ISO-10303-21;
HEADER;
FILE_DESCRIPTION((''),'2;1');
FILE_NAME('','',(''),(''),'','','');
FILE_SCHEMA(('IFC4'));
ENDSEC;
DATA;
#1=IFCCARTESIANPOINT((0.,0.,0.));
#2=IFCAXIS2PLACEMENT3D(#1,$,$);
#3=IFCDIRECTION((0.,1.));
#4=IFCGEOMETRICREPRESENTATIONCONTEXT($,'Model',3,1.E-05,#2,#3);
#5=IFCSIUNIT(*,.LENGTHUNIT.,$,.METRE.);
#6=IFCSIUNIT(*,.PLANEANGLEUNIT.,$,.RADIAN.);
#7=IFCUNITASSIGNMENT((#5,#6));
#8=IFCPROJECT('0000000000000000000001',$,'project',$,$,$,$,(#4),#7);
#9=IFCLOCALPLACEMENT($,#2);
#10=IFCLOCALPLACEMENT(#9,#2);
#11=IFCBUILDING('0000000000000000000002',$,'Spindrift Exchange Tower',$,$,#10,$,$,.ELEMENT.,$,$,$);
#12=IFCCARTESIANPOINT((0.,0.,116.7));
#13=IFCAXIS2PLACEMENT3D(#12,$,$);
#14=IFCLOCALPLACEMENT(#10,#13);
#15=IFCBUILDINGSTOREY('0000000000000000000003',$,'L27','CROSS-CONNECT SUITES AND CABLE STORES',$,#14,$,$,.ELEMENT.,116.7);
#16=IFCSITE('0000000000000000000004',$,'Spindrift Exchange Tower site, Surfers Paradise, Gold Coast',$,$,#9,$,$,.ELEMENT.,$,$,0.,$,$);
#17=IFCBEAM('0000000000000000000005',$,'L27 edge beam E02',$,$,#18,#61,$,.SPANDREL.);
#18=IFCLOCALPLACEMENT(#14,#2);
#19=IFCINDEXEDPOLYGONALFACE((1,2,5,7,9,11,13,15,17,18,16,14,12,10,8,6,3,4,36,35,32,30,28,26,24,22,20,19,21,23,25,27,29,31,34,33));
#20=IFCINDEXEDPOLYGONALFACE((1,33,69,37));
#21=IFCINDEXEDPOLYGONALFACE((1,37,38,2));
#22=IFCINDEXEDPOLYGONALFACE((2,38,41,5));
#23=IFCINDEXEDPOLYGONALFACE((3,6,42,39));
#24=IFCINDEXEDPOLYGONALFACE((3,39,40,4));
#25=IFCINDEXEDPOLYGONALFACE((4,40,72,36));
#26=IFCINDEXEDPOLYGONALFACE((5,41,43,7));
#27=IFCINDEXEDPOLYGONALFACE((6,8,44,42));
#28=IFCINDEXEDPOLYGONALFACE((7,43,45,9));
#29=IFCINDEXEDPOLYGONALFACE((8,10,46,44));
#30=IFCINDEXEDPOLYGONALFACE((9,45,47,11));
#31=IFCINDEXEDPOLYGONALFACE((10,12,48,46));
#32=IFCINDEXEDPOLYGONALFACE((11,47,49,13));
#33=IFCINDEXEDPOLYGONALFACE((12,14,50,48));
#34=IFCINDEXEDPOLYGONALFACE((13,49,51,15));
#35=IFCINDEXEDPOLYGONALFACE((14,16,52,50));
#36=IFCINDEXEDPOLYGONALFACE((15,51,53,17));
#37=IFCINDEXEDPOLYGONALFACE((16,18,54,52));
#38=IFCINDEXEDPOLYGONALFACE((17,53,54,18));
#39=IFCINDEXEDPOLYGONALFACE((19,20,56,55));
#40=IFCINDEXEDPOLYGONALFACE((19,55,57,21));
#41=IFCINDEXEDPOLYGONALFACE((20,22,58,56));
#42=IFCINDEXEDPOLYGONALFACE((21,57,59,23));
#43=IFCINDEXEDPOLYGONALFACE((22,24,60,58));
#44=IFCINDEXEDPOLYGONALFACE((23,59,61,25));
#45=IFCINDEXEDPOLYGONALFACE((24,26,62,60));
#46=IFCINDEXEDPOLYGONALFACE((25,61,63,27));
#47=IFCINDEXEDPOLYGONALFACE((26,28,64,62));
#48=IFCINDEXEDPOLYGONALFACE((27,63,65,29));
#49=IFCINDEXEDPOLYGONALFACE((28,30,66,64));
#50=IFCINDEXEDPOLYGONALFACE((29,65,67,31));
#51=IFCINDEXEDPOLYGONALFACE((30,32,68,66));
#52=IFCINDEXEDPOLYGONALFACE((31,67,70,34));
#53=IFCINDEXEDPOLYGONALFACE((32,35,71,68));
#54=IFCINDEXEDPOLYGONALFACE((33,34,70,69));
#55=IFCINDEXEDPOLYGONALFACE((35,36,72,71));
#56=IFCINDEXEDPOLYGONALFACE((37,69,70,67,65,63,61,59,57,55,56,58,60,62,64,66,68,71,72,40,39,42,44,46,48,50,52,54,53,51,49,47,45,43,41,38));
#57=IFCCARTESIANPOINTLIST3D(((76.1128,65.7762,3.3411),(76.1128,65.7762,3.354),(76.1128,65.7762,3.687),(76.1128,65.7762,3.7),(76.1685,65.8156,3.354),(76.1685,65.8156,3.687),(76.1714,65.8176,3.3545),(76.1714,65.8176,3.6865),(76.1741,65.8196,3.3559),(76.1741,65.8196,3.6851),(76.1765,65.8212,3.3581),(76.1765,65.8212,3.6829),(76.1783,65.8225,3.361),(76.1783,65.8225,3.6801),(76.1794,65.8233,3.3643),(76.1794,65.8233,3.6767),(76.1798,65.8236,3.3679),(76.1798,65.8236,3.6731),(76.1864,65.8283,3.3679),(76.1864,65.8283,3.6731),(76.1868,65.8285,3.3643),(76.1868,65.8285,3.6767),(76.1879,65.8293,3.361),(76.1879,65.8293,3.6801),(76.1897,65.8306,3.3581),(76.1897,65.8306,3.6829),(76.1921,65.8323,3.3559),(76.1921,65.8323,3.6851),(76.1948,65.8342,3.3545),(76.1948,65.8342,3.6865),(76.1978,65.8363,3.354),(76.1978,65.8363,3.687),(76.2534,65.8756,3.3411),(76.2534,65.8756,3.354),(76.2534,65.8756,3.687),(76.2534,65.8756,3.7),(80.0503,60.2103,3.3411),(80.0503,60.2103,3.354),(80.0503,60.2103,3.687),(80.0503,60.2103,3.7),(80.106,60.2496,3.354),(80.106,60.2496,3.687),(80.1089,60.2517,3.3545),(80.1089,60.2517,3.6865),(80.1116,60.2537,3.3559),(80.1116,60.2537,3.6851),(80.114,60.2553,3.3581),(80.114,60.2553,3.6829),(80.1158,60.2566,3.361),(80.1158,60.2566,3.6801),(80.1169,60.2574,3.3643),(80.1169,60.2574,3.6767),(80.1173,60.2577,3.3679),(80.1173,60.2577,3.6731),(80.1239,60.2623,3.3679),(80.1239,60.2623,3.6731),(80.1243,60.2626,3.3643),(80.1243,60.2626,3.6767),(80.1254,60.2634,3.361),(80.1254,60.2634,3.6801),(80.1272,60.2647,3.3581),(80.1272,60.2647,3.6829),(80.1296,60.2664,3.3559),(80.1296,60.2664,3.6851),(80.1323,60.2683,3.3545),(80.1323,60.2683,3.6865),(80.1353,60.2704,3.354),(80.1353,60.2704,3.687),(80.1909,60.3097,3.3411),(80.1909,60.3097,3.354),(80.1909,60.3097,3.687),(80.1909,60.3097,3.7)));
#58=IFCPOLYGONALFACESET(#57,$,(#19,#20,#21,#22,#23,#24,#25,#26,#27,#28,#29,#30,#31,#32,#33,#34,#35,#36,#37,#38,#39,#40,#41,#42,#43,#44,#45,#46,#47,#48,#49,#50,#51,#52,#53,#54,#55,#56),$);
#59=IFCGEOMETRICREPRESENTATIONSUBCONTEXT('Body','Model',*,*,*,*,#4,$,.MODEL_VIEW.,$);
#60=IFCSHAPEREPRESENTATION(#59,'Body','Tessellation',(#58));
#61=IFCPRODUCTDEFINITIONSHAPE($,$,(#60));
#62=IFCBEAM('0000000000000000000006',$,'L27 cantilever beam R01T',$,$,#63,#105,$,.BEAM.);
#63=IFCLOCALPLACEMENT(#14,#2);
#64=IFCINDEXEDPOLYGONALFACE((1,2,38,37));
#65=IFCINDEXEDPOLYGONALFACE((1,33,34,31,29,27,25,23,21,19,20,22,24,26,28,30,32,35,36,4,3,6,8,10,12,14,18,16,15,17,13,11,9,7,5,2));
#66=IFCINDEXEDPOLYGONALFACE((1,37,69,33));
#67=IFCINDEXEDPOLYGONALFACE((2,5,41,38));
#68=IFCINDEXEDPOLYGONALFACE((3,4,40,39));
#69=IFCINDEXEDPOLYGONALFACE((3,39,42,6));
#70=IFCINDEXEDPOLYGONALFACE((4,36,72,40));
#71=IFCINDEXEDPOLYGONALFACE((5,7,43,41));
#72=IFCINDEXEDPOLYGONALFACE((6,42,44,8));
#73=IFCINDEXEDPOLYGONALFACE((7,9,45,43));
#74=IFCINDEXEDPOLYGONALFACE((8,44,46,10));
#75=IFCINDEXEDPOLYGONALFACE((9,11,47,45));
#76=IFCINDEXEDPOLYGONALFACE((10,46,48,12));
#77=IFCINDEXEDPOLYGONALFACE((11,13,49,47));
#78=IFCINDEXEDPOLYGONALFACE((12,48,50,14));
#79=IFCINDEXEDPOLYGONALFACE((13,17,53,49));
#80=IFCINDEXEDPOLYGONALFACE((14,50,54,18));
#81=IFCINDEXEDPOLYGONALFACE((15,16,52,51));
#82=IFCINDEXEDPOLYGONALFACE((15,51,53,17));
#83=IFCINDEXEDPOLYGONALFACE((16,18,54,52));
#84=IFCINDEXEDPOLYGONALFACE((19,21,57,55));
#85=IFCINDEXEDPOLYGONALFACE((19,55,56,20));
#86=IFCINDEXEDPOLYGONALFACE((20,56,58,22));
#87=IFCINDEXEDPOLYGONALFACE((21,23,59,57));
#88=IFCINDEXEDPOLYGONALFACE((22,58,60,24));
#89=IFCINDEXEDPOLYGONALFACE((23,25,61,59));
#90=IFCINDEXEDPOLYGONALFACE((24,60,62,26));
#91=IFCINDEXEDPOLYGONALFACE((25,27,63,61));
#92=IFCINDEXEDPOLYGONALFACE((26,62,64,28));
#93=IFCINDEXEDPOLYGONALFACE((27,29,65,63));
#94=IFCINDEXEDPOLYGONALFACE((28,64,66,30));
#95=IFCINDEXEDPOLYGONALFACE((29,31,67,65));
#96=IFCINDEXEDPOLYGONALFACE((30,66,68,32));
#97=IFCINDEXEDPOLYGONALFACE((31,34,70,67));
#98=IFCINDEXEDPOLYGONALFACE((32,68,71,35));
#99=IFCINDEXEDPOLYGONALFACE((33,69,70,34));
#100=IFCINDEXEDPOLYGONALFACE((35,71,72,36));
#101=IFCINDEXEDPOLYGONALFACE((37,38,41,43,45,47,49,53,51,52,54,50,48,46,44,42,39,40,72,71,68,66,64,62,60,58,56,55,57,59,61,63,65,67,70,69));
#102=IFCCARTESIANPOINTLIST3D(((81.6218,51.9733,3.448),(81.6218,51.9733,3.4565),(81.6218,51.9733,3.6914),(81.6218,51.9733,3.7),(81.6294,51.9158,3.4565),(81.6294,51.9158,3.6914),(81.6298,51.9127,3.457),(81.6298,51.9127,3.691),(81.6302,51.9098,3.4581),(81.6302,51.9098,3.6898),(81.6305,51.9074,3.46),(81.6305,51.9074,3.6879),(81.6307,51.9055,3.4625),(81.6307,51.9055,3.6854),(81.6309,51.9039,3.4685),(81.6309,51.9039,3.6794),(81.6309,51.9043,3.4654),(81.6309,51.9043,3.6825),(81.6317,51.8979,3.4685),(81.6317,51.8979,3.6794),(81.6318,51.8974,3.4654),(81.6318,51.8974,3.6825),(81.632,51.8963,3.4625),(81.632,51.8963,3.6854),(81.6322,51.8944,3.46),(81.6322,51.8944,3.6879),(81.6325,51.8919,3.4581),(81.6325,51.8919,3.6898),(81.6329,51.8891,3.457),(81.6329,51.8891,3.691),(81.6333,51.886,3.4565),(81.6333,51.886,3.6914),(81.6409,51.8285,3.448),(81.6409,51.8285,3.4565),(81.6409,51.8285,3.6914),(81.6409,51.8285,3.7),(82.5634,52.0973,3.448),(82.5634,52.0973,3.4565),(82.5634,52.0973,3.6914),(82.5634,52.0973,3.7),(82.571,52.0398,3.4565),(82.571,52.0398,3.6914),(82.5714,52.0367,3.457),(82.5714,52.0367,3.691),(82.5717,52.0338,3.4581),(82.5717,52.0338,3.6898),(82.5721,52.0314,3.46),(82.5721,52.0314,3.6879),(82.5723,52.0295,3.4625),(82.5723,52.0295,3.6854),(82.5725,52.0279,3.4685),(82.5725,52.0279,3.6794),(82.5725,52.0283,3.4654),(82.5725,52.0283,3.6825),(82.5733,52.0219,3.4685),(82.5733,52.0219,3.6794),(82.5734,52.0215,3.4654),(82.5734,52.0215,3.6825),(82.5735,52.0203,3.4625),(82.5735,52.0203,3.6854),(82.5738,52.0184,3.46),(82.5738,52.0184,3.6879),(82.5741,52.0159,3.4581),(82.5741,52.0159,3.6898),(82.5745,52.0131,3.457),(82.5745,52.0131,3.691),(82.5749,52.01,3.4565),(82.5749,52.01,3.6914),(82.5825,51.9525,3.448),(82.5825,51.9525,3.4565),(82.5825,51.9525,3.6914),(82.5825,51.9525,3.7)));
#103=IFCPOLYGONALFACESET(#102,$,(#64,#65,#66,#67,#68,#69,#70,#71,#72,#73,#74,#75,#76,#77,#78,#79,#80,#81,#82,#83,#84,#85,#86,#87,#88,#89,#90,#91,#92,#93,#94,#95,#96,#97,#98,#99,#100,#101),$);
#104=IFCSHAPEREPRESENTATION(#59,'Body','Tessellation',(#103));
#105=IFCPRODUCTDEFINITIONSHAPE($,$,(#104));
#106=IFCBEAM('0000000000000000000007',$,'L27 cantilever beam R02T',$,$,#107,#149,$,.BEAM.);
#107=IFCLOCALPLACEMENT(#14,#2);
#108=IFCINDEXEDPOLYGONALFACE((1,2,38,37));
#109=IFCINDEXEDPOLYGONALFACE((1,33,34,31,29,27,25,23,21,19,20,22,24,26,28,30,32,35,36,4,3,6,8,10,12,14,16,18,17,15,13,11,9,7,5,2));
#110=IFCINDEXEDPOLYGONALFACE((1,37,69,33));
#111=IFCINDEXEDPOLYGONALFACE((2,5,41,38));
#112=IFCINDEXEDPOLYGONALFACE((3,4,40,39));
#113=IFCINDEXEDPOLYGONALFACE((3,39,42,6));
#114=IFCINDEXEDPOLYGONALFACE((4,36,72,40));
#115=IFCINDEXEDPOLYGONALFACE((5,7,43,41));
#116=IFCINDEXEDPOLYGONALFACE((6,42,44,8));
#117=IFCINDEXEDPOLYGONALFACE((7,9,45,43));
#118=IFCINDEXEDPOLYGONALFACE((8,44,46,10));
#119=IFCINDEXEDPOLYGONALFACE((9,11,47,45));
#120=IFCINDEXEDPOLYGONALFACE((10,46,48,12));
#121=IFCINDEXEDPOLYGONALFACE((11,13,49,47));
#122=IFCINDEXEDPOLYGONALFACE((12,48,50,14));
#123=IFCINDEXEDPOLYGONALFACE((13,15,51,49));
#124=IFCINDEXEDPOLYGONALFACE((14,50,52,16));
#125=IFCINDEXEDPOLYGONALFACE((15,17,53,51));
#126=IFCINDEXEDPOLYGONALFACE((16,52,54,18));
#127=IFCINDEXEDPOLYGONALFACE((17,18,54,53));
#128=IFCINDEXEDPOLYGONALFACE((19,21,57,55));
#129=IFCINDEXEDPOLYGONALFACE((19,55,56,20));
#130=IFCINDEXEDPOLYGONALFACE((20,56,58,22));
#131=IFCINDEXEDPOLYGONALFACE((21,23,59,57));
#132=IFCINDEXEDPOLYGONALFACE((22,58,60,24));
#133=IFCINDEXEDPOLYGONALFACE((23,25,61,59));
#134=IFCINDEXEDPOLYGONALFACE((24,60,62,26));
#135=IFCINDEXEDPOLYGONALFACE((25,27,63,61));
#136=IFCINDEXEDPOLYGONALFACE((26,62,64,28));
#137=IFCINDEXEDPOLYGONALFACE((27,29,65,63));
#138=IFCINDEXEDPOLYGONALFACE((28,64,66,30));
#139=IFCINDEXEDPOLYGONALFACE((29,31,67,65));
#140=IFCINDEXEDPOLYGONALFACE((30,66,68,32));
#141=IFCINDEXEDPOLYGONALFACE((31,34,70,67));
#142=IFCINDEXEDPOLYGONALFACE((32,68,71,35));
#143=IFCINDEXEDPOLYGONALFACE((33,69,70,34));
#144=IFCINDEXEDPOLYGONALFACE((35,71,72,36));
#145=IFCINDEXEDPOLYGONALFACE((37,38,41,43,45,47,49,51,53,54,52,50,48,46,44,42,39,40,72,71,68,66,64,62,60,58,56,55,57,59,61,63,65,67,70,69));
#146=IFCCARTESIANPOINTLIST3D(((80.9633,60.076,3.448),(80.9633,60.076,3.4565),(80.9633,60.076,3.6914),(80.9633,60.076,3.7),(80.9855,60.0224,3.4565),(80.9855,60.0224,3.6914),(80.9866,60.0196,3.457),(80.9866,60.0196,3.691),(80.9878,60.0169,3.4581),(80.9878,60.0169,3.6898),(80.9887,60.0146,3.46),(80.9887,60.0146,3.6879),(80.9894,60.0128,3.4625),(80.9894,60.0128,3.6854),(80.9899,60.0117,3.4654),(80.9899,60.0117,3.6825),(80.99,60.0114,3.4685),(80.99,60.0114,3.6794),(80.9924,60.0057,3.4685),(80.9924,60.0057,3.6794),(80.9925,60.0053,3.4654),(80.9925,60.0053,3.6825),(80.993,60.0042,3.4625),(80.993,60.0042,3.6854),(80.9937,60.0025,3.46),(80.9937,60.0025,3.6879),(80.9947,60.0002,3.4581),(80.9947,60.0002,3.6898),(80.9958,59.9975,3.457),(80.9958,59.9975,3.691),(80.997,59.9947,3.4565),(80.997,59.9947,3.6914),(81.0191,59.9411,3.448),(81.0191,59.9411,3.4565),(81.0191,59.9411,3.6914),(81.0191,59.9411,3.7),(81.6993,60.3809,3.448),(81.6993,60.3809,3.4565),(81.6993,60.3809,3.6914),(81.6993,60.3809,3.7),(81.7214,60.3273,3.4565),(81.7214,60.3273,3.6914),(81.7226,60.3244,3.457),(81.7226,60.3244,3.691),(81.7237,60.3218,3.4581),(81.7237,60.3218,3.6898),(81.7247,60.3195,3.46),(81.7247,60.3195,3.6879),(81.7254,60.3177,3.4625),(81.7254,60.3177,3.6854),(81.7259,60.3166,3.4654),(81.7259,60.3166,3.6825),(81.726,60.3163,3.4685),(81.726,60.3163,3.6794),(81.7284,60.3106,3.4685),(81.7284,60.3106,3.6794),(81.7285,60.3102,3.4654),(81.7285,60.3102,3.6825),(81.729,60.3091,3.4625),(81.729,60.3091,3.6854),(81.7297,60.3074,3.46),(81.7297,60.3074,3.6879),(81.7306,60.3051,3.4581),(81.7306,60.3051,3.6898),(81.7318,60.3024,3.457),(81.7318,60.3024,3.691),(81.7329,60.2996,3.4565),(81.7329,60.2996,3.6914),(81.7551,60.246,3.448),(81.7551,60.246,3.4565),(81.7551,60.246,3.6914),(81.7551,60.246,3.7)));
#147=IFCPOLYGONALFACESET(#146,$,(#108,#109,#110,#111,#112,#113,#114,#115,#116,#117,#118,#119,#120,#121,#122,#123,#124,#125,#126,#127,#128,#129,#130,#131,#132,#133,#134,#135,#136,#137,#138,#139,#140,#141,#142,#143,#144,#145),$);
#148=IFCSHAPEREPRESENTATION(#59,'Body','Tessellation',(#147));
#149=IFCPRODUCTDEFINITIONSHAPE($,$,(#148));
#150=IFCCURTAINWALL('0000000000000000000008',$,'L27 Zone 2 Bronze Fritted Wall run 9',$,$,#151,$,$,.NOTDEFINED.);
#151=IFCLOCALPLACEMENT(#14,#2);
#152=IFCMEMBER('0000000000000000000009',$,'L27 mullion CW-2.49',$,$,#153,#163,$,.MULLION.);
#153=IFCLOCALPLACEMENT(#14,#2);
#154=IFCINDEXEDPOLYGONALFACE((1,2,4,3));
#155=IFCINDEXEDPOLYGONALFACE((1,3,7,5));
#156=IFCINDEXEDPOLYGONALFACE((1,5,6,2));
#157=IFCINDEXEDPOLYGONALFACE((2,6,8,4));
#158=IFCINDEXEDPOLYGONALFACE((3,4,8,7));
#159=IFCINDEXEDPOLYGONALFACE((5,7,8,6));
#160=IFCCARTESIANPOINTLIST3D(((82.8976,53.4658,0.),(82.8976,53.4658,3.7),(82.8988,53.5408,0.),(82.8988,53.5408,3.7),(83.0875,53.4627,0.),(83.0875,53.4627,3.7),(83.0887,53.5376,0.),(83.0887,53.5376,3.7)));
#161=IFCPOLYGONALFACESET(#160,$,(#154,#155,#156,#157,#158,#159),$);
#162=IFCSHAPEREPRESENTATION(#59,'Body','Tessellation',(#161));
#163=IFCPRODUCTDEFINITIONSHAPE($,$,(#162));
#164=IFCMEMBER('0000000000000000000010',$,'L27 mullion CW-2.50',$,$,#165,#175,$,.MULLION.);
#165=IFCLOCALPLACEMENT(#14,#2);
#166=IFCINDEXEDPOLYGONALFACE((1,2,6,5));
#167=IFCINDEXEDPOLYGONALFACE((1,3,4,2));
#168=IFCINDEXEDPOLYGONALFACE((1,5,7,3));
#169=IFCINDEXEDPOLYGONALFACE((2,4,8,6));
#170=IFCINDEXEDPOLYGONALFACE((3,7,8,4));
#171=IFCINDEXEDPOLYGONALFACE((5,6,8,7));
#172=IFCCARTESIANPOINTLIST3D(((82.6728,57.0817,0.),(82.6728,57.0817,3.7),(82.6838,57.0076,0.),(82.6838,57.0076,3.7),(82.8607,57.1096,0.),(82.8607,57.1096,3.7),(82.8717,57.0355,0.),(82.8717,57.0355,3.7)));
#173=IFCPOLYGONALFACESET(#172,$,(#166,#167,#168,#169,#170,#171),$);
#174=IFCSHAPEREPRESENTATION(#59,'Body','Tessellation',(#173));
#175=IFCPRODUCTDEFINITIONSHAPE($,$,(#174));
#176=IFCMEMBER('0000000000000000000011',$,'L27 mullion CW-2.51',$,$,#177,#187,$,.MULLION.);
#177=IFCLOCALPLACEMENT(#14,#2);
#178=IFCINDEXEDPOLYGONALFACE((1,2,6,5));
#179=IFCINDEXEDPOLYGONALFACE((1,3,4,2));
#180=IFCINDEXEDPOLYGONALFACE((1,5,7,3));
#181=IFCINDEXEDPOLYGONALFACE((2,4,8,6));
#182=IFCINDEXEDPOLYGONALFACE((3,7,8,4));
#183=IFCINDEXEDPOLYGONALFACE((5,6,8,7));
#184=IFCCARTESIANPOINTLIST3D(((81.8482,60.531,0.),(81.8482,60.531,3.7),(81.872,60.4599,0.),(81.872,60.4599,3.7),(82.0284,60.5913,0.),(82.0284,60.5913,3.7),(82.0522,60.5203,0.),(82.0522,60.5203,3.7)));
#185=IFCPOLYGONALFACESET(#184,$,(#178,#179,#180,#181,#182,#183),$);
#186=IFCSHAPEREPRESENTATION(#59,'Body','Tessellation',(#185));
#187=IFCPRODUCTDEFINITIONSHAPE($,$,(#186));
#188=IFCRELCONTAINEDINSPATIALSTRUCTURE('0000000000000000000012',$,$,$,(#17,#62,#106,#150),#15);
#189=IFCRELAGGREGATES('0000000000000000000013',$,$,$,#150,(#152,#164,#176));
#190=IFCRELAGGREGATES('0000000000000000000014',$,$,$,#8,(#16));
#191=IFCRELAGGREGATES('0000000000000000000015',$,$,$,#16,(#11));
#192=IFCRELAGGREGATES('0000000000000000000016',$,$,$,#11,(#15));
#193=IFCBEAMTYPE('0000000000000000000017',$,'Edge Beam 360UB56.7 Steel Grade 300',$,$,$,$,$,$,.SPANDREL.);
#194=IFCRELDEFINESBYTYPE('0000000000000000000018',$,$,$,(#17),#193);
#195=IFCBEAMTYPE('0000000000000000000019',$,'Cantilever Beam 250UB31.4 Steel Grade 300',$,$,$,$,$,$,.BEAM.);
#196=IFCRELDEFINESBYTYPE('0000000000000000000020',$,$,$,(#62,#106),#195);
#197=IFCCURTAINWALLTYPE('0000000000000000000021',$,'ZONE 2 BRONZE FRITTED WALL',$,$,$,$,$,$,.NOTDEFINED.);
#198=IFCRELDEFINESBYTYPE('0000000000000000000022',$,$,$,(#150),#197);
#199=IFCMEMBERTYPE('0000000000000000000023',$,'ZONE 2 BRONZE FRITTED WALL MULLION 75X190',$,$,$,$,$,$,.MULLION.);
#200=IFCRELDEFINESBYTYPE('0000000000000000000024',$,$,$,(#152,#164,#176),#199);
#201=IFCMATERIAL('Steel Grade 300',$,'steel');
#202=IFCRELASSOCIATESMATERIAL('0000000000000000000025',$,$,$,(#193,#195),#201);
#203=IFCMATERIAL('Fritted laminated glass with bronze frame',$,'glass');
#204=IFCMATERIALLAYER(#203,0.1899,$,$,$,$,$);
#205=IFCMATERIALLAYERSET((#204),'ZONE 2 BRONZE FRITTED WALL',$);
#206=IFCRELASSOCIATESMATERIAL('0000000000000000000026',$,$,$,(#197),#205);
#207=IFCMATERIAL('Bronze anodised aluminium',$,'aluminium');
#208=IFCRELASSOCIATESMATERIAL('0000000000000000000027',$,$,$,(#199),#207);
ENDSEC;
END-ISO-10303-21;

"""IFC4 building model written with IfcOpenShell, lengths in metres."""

from ifc_helpers import new_model, si_unit, direction, frame, origin, origin_2d, place, context, subcontext, project, spatial, rectangle, i_section, extrude, source, transform, mapped, material, layer, layer_set, material_profile, profile_set, type_object, element, aggregate, save


model = new_model("IFC4")

# Units and contexts
model_context = context("Model", 3, precision=1e-05, world=origin(), true_north=direction((0.0, 1.0)))
body_context = subcontext(model_context, "Body", "Model", "MODEL_VIEW")
ifc_project = project(units=[si_unit("LENGTHUNIT", "METRE"), si_unit("PLANEANGLEUNIT", "RADIAN")], contexts=[model_context])

# Site, building, storey
site_placement = place(None, origin())
site = spatial("IfcSite", under=ifc_project, at=site_placement, Name="Spindrift Exchange Tower site, Surfers Paradise, Gold Coast", CompositionType="ELEMENT", RefElevation=0.0)
building_placement = place(site_placement, origin())
building = spatial("IfcBuilding", under=site, at=building_placement, Name="Spindrift Exchange Tower", CompositionType="ELEMENT")
storey_placement = place(building_placement, frame((0.0, 0.0, 116.7)))
storey = spatial("IfcBuildingStorey", under=building, at=storey_placement, Name="L27", Description="CROSS-CONNECT SUITES AND CABLE STORES", CompositionType="ELEMENT", Elevation=116.7)

# Beams
ifc_material_1 = material(Name="Steel Grade 300", Category="steel")
ifc_material_profile_1 = material_profile(ifc_material_1, i_section(OverallWidth=0.1721, OverallDepth=0.3589, WebThickness=0.0081, FlangeThickness=0.0129, FilletRadius=0.0139, at=origin_2d()), Name="360UB56.7")
ifc_profile_set_1 = profile_set([ifc_material_profile_1], Name="Steel Grade 300")
beam_type_1 = type_object("IfcBeamType", Name="Edge Beam 360UB56.7 Steel Grade 300", PredefinedType="SPANDREL", material=ifc_profile_set_1)
shared_shape_1 = source(origin(), body_context, "Body", "SweptSolid", [
    extrude(i_section(OverallWidth=0.1721, OverallDepth=0.3589, WebThickness=0.0081, FlangeThickness=0.0129, FilletRadius=0.0139, at=origin_2d()), origin(), (0.0, 0.0, 1.0), 6.8179),
])
beam_1_placement = place(storey_placement, frame((80.1206, 60.26, 3.5205), z_axis=(-0.577526, 0.816372, 0.0), x_axis=(-0.816372, -0.577526, 0.0)))
element("IfcBeam", 1, at=beam_1_placement, inside=storey, type_object=beam_type_1, Name="L27 edge beam E02", PredefinedType="SPANDREL", context=body_context, shape_type="MappedRepresentation", body=[
    mapped(shared_shape_1, transform((0.0, 0.0, 0.0), scale=1.0)),
])
ifc_material_profile_2 = material_profile(ifc_material_1, i_section(OverallWidth=0.146, OverallDepth=0.252, WebThickness=0.0061, FlangeThickness=0.0085, FilletRadius=0.012, at=origin_2d()), Name="250UB31.4")
ifc_profile_set_2 = profile_set([ifc_material_profile_2], Name="Steel Grade 300")
beam_type_2 = type_object("IfcBeamType", Name="Cantilever Beam 250UB31.4 Steel Grade 300", PredefinedType="BEAM", material=ifc_profile_set_2)
shared_shape_2 = source(origin(), body_context, "Body", "SweptSolid", [
    extrude(i_section(OverallWidth=0.146, OverallDepth=0.252, WebThickness=0.0061, FlangeThickness=0.0085, FilletRadius=0.012, at=origin_2d()), origin(), (0.0, 0.0, 1.0), 0.9497),
])
beam_2_placement = place(storey_placement, frame((81.6313, 51.9009, 3.574), z_axis=(0.991438, 0.130581, 0.0), x_axis=(-0.130581, 0.991438, 0.0)))
element("IfcBeam", 2, at=beam_2_placement, inside=storey, type_object=beam_type_2, Name="L27 cantilever beam R01T", PredefinedType="BEAM", context=body_context, shape_type="MappedRepresentation", body=[
    mapped(shared_shape_2, transform((0.0, 0.0, 0.0), scale=1.0)),
])
shared_shape_3 = source(origin(), body_context, "Body", "SweptSolid", [
    extrude(i_section(OverallWidth=0.146, OverallDepth=0.252, WebThickness=0.0061, FlangeThickness=0.0085, FilletRadius=0.012, at=origin_2d()), origin(), (0.0, 0.0, 1.0), 0.7966),
])
beam_3_placement = place(storey_placement, frame((80.9912, 60.0085, 3.574), z_axis=(0.923864, 0.382722, 0.0), x_axis=(-0.382722, 0.923864, 0.0)))
element("IfcBeam", 3, at=beam_3_placement, inside=storey, type_object=beam_type_2, Name="L27 cantilever beam R02T", PredefinedType="BEAM", context=body_context, shape_type="MappedRepresentation", body=[
    mapped(shared_shape_3, transform((0.0, 0.0, 0.0), scale=1.0)),
])

# Curtain wall, members
ifc_material_2 = material(Name="Fritted laminated glass with bronze frame", Category="glass")
ifc_layer_1 = layer(ifc_material_2, 0.1899)
ifc_layer_set_1 = layer_set([ifc_layer_1], Name="ZONE 2 BRONZE FRITTED WALL")
curtain_wall_type = type_object("IfcCurtainWallType", Name="ZONE 2 BRONZE FRITTED WALL", PredefinedType="NOTDEFINED", material=ifc_layer_set_1)
curtain_wall_1_placement = place(storey_placement, origin())
curtain_wall_1 = element("IfcCurtainWall", 4, at=curtain_wall_1_placement, inside=storey, type_object=curtain_wall_type, Name="L27 Zone 2 Bronze Fritted Wall run 9", PredefinedType="NOTDEFINED")
ifc_material_3 = material(Name="Bronze anodised aluminium", Category="aluminium")
ifc_material_profile_3 = material_profile(ifc_material_3, rectangle(XDim=0.075, YDim=0.1899, at=origin_2d()), Name="ZONE 2 BRONZE FRITTED WALL MULLION 75X190")
ifc_profile_set_3 = profile_set([ifc_material_profile_3], Name="Bronze anodised aluminium")
member_type_1 = type_object("IfcMemberType", Name="ZONE 2 BRONZE FRITTED WALL MULLION 75X190", PredefinedType="MULLION", material=ifc_profile_set_3)
shared_shape_4 = source(origin(), body_context, "Body", "SweptSolid", [
    extrude(rectangle(XDim=0.075, YDim=0.1899, at=origin_2d()), origin(), (0.0, 0.0, 1.0), 3.7),
])
member_1_placement = place(storey_placement, frame((82.9932, 53.5017, 0.0), z_axis=(0.0, 0.0, 1.0), x_axis=(0.016584, 0.999862, 0.0)))
member_1 = element("IfcMember", 5, at=member_1_placement, type_object=member_type_1, Name="L27 mullion CW-2.49", PredefinedType="MULLION", context=body_context, shape_type="MappedRepresentation", body=[
    mapped(shared_shape_4, transform((0.0, 0.0, 0.0), scale=1.0)),
])
member_2_placement = place(storey_placement, frame((82.7722, 57.0586, 0.0), z_axis=(0.0, 0.0, 1.0), x_axis=(-0.146863, 0.989157, 0.0)))
member_2 = element("IfcMember", 6, at=member_2_placement, type_object=member_type_1, Name="L27 mullion CW-2.50", PredefinedType="MULLION", context=body_context, shape_type="MappedRepresentation", body=[
    mapped(shared_shape_4, transform((0.0, 0.0, 0.0), scale=1.0)),
])
member_3_placement = place(storey_placement, frame((81.9502, 60.5256, 0.0), z_axis=(0.0, 0.0, 1.0), x_axis=(-0.317517, 0.948252, 0.0)))
member_3 = element("IfcMember", 7, at=member_3_placement, type_object=member_type_1, Name="L27 mullion CW-2.51", PredefinedType="MULLION", context=body_context, shape_type="MappedRepresentation", body=[
    mapped(shared_shape_4, transform((0.0, 0.0, 0.0), scale=1.0)),
])
aggregate(curtain_wall_1, [member_1, member_2, member_3])

save(model, "model.ifc")
